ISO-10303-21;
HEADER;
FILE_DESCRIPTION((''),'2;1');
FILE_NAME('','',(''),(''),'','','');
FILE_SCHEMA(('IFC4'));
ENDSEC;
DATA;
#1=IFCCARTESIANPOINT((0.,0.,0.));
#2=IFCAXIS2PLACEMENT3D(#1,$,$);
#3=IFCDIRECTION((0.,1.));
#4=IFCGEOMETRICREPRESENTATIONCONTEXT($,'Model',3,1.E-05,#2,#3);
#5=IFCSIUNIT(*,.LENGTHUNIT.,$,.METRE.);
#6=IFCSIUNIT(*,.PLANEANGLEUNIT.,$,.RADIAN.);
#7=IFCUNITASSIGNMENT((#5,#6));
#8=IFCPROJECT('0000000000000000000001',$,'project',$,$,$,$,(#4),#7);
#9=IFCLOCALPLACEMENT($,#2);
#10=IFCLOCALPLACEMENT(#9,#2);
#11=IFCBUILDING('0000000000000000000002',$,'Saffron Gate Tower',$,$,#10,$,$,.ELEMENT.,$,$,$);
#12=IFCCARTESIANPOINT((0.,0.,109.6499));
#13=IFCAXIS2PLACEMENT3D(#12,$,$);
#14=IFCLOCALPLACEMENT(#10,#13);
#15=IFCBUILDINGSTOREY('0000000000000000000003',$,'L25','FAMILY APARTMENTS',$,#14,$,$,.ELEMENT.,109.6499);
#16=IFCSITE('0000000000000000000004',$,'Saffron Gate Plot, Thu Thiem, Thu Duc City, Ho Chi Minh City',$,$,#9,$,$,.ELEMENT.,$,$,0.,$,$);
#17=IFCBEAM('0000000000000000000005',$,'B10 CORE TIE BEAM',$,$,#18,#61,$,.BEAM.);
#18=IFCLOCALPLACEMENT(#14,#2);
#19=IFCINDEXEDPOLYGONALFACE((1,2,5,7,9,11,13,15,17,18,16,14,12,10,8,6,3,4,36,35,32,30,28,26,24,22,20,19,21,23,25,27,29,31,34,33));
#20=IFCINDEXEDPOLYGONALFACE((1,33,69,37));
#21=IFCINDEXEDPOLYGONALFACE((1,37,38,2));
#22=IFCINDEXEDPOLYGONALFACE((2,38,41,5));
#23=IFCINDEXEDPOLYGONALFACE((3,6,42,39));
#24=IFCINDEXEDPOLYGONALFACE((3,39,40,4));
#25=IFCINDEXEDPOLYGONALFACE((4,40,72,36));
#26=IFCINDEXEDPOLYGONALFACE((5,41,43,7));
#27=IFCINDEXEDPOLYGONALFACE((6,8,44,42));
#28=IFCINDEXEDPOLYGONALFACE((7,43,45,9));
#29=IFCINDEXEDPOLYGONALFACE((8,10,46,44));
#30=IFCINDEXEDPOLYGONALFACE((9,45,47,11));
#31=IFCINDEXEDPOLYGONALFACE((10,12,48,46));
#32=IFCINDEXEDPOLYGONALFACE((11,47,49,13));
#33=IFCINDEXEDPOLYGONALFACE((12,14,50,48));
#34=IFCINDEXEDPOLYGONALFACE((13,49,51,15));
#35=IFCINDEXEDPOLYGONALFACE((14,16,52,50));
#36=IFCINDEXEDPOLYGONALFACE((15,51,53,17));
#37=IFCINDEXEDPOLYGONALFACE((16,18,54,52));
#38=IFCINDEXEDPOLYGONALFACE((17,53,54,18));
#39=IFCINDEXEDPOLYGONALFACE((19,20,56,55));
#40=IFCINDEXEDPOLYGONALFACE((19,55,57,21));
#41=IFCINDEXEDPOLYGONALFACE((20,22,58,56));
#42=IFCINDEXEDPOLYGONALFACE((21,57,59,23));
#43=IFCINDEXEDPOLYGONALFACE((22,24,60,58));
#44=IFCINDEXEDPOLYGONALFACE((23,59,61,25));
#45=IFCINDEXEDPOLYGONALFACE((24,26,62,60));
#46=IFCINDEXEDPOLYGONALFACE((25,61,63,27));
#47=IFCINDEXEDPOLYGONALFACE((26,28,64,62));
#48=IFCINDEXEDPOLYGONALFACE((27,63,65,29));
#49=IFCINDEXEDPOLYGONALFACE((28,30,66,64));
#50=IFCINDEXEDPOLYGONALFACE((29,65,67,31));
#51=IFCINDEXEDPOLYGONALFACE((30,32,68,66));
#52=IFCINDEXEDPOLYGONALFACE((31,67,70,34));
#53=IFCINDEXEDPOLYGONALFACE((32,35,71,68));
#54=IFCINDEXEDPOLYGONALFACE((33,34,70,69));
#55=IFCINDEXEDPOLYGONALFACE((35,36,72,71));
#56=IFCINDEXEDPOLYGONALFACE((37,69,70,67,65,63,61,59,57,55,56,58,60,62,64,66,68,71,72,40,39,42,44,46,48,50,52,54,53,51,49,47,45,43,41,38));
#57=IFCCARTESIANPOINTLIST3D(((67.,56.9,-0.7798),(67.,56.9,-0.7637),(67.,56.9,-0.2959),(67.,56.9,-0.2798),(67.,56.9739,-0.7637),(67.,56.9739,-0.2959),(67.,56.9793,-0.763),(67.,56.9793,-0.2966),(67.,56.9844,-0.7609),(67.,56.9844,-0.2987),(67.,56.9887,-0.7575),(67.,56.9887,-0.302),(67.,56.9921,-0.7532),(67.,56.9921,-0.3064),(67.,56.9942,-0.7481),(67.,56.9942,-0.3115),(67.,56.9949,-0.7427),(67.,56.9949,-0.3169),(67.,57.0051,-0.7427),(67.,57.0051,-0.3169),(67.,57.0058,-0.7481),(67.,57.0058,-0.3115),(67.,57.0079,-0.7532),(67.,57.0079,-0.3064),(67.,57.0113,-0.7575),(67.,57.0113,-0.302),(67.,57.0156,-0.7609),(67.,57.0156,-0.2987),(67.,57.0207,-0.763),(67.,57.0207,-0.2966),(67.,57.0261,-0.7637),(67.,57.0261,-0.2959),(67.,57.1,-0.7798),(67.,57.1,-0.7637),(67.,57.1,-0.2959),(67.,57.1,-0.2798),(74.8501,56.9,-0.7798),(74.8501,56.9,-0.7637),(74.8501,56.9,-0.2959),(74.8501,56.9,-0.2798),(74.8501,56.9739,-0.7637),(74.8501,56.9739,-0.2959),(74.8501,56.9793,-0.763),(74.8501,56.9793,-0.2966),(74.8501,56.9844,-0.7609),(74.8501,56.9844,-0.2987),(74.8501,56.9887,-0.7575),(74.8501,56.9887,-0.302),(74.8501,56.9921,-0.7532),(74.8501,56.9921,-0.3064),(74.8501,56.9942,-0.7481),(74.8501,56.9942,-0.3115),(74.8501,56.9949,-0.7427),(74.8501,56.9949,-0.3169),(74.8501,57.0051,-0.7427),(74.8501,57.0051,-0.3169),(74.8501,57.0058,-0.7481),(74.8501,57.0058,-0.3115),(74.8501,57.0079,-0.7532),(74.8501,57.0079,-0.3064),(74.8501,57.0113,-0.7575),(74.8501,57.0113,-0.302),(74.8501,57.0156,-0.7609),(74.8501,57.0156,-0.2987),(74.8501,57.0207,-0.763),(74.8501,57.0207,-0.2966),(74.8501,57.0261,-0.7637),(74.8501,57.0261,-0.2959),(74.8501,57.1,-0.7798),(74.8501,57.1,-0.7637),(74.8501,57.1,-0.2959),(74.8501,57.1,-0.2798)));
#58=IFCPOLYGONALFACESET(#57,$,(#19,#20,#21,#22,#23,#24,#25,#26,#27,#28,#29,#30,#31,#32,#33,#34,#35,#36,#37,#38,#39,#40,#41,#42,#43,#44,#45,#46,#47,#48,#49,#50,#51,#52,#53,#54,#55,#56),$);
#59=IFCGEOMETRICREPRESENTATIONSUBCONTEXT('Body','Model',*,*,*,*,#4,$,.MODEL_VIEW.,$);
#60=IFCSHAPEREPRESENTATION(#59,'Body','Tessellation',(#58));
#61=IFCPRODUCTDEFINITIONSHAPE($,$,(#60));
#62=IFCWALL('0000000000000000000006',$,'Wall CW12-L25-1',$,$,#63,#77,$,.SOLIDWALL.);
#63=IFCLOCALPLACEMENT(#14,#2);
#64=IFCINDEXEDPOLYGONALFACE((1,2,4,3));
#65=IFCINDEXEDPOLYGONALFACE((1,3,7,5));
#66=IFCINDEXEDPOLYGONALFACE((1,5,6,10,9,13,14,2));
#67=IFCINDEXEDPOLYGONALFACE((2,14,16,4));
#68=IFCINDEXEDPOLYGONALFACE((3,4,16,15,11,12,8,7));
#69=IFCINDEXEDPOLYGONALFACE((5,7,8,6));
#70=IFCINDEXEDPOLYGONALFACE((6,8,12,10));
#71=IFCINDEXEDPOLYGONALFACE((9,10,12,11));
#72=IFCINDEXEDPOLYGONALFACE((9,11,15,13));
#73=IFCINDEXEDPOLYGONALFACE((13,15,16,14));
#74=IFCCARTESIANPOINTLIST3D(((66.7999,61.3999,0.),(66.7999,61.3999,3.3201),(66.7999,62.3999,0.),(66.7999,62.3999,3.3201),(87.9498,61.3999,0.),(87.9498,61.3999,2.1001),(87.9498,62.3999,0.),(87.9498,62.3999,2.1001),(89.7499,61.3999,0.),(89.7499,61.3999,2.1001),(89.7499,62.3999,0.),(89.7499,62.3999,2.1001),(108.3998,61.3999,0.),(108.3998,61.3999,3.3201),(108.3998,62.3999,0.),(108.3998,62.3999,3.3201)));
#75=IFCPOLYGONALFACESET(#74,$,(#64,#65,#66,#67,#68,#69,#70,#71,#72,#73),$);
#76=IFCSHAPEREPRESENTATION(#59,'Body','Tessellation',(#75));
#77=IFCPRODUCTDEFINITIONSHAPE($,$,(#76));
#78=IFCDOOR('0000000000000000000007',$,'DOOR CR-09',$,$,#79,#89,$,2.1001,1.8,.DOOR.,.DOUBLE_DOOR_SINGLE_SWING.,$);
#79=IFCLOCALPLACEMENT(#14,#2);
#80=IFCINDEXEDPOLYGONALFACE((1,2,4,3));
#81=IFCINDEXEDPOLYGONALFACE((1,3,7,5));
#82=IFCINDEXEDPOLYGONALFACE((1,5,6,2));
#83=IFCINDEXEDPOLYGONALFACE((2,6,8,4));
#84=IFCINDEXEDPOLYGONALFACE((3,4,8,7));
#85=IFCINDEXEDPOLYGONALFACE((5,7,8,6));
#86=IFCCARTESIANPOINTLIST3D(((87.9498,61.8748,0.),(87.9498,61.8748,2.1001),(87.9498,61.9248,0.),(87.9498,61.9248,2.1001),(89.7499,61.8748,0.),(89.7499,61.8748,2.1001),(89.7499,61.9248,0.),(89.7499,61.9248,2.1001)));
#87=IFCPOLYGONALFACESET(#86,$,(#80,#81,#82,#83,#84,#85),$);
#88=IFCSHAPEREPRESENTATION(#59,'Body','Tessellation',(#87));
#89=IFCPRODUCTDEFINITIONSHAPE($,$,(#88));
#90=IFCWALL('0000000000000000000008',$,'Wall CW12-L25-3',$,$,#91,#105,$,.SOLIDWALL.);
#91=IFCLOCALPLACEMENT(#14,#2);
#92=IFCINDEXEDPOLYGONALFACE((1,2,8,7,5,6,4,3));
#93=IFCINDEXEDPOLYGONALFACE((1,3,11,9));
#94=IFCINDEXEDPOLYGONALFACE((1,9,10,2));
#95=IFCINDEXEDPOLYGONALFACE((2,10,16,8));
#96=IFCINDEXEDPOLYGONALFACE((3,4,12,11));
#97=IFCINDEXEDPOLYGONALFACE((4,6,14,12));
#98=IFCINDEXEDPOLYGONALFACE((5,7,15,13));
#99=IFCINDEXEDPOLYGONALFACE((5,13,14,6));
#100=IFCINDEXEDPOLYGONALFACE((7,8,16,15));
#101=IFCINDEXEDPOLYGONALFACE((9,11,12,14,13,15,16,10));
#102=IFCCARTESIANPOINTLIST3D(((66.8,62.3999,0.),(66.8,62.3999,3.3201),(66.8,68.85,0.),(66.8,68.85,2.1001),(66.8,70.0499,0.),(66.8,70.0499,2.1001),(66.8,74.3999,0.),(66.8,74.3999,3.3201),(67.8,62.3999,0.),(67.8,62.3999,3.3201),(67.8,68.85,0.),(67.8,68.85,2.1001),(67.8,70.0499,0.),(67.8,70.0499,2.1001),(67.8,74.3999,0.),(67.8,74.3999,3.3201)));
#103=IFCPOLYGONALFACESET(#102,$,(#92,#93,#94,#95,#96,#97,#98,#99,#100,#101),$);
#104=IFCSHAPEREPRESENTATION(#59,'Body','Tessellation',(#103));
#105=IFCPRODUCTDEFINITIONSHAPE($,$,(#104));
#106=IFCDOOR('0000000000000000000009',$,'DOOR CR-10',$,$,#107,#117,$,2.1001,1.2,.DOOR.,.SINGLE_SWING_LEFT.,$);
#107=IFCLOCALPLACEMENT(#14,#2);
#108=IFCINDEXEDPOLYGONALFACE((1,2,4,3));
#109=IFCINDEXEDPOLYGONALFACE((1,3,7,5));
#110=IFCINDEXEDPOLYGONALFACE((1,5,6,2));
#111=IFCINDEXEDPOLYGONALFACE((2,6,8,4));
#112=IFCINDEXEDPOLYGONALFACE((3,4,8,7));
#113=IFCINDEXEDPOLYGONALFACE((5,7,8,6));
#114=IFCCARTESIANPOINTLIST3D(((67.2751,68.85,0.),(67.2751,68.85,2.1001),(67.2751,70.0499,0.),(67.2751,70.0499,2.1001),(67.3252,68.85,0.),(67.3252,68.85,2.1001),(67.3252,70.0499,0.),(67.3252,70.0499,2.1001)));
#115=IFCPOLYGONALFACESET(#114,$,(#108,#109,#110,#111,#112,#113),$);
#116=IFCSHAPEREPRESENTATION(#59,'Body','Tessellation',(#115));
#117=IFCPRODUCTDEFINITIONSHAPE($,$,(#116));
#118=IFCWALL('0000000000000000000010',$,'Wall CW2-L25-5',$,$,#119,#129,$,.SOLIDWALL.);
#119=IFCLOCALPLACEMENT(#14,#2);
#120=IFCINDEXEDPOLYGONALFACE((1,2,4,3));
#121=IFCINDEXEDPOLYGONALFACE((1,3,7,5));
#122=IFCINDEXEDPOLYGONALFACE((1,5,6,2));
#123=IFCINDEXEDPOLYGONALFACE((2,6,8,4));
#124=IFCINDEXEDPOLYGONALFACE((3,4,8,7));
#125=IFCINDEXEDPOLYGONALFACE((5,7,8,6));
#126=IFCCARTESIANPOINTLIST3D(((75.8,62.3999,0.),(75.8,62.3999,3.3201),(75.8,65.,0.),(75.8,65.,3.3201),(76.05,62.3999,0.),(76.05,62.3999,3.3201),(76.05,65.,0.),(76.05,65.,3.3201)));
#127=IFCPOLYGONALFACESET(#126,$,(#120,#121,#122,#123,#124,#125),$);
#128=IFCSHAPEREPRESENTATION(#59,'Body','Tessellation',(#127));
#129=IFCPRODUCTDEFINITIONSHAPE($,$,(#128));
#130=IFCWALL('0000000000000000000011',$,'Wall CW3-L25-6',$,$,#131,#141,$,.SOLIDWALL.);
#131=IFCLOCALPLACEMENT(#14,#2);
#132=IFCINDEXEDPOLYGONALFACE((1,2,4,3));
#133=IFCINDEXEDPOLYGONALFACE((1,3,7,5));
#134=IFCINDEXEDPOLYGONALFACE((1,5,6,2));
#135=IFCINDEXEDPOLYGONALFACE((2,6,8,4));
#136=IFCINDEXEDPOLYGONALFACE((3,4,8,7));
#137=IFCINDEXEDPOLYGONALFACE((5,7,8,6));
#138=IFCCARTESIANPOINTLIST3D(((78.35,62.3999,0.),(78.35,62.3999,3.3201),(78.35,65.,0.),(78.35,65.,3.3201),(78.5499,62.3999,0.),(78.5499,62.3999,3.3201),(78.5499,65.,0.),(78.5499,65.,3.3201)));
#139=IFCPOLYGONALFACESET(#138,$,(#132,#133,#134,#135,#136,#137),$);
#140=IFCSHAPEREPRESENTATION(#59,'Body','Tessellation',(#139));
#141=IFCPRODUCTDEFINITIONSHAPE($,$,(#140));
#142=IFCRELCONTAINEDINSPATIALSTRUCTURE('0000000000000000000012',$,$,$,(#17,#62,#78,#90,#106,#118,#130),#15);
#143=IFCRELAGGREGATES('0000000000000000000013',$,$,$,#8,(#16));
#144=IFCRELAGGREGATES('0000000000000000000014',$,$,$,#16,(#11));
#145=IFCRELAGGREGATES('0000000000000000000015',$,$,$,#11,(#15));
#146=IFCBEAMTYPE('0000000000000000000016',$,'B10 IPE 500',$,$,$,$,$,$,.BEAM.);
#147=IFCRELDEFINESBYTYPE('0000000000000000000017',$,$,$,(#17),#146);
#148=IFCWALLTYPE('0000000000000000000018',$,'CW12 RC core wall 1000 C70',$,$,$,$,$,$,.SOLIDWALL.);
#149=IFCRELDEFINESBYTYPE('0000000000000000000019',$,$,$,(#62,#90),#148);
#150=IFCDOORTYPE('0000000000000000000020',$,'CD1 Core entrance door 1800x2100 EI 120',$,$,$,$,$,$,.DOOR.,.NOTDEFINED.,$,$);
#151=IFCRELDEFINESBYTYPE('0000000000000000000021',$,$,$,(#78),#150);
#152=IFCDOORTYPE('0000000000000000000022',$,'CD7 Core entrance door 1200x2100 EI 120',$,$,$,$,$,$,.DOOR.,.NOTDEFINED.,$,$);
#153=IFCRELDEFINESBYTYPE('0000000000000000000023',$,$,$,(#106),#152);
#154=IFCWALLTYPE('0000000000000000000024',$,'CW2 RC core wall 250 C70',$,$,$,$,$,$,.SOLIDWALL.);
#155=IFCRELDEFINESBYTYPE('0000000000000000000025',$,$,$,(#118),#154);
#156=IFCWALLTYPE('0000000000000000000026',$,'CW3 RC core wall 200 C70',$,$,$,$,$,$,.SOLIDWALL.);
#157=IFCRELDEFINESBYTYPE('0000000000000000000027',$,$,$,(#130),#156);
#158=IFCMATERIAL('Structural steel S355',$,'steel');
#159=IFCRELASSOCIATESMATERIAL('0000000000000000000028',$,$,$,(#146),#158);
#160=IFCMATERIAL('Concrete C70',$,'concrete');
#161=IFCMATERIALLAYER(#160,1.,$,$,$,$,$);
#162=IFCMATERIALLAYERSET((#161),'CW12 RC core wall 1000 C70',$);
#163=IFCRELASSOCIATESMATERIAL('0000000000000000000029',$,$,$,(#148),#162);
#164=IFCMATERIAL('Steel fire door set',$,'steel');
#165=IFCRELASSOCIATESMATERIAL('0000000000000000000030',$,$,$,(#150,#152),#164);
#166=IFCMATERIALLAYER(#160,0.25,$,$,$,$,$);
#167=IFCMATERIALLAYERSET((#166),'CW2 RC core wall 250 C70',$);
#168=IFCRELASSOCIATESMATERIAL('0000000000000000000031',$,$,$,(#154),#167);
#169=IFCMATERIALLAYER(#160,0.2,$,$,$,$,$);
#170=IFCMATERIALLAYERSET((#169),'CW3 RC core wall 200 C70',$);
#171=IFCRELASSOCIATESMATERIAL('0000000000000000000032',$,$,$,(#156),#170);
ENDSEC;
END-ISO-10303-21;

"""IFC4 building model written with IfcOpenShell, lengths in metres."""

from ifc_helpers import new_model, si_unit, direction, frame, frame_2d, origin, origin_2d, place, context, subcontext, project, spatial, rectangle, i_section, extrude, material, layer, layer_set, material_profile, profile_set, type_object, element, fill, save


model = new_model("IFC4")

# Units and contexts
model_context = context("Model", 3, precision=1e-05, world=origin(), true_north=direction((0.0, 1.0)))
body_context = subcontext(model_context, "Body", "Model", "MODEL_VIEW")
ifc_project = project(units=[si_unit("LENGTHUNIT", "METRE"), si_unit("PLANEANGLEUNIT", "RADIAN")], contexts=[model_context])

# Site, building, storey
site_placement = place(None, origin())
site = spatial("IfcSite", under=ifc_project, at=site_placement, Name="Saffron Gate Plot, Thu Thiem, Thu Duc City, Ho Chi Minh City", CompositionType="ELEMENT", RefElevation=0.0)
building_placement = place(site_placement, origin())
building = spatial("IfcBuilding", under=site, at=building_placement, Name="Saffron Gate Tower", CompositionType="ELEMENT")
storey_placement = place(building_placement, frame((0.0, 0.0, 109.6499)))
storey = spatial("IfcBuildingStorey", under=building, at=storey_placement, Name="L25", Description="FAMILY APARTMENTS", CompositionType="ELEMENT", Elevation=109.6499)

# Beam
ifc_material_1 = material(Name="Structural steel S355", Category="steel")
ifc_material_profile = material_profile(ifc_material_1, i_section(OverallWidth=0.2, OverallDepth=0.5, WebThickness=0.0103, FlangeThickness=0.0161, FilletRadius=0.021, at=origin_2d()))
ifc_profile_set = profile_set([ifc_material_profile], Name="Structural steel S355")
beam_type = type_object("IfcBeamType", Name="B10 IPE 500", PredefinedType="BEAM", material=ifc_profile_set)
beam_placement = place(storey_placement, frame((67.0, 57.0, -0.5298), z_axis=(1.0, 0.0, 0.0), x_axis=(0.0, 1.0, 0.0)))
element("IfcBeam", 1, at=beam_placement, inside=storey, type_object=beam_type, Name="B10 CORE TIE BEAM", PredefinedType="BEAM", context=body_context, shape_type="SweptSolid", body=[
    extrude(i_section(OverallWidth=0.2, OverallDepth=0.5, WebThickness=0.0103, FlangeThickness=0.0161, FilletRadius=0.021, at=origin_2d()), origin(), (0.0, 0.0, 1.0), 7.8501),
])

# Walls, openings, doors
ifc_material_2 = material(Name="Concrete C70", Category="concrete")
ifc_layer_1 = layer(ifc_material_2, 1.0)
ifc_layer_set_1 = layer_set([ifc_layer_1], Name="CW12 RC core wall 1000 C70")
wall_type_1 = type_object("IfcWallType", Name="CW12 RC core wall 1000 C70", PredefinedType="SOLIDWALL", material=ifc_layer_set_1)
wall_1_placement = place(storey_placement, frame((66.8, 61.8999, 0.0), z_axis=(0.0, 0.0, 1.0), x_axis=(1.0, 0.0, 0.0)))
wall_1 = element("IfcWall", 2, at=wall_1_placement, inside=storey, type_object=wall_type_1, Name="Wall CW12-L25-1", PredefinedType="SOLIDWALL", context=body_context, shape_type="SweptSolid", body=[
    extrude(rectangle(XDim=41.5999, YDim=1.0, at=frame_2d((20.7998, 0.0))), origin(), (0.0, 0.0, 1.0), 3.3201),
])
opening_1_placement = place(wall_1_placement, frame((21.1499, 0.0, 0.0)))
opening_1 = element("IfcOpeningElement", 3, at=opening_1_placement, cuts=wall_1, PredefinedType="OPENING", context=body_context, shape_type="SweptSolid", body=[
    extrude(rectangle(XDim=1.8, YDim=2.1001, at=frame_2d((0.8999, 1.05))), frame((0.0, 0.51, 0.0), z_axis=(0.0, -1.0, 0.0), x_axis=(1.0, 0.0, 0.0)), (0.0, 0.0, 1.0), 1.02),
])
ifc_material_3 = material(Name="Steel fire door set", Category="steel")
door_type_1 = type_object("IfcDoorType", Name="CD1 Core entrance door 1800x2100 EI 120", OperationType="NOTDEFINED", PredefinedType="DOOR", material=ifc_material_3)
door_1_placement = place(opening_1_placement, origin())
door_1 = element("IfcDoor", 4, at=door_1_placement, inside=storey, type_object=door_type_1, Name="DOOR CR-09", OperationType="DOUBLE_DOOR_SINGLE_SWING", OverallHeight=2.1001, OverallWidth=1.8, PredefinedType="DOOR", context=body_context, shape_type="SweptSolid", body=[
    extrude(rectangle(XDim=1.8, YDim=2.1001, at=frame_2d((0.8999, 1.05))), frame((0.0, 0.0249, 0.0), z_axis=(0.0, -1.0, 0.0), x_axis=(1.0, 0.0, 0.0)), (0.0, 0.0, 1.0), 0.05),
])
fill(opening_1, door_1)
wall_2_placement = place(storey_placement, frame((67.3, 62.3999, 0.0), z_axis=(0.0, 0.0, 1.0), x_axis=(0.0, 1.0, 0.0)))
wall_2 = element("IfcWall", 5, at=wall_2_placement, inside=storey, type_object=wall_type_1, Name="Wall CW12-L25-3", PredefinedType="SOLIDWALL", context=body_context, shape_type="SweptSolid", body=[
    extrude(rectangle(XDim=12.0, YDim=1.0, at=frame_2d((6.0, 0.0))), origin(), (0.0, 0.0, 1.0), 3.3201),
])
opening_2_placement = place(wall_2_placement, frame((6.45, 0.0, 0.0)))
opening_2 = element("IfcOpeningElement", 6, at=opening_2_placement, cuts=wall_2, PredefinedType="OPENING", context=body_context, shape_type="SweptSolid", body=[
    extrude(rectangle(XDim=1.2, YDim=2.1001, at=frame_2d((0.6001, 1.05))), frame((0.0, 0.51, 0.0), z_axis=(0.0, -1.0, 0.0), x_axis=(1.0, 0.0, 0.0)), (0.0, 0.0, 1.0), 1.02),
])
door_type_2 = type_object("IfcDoorType", Name="CD7 Core entrance door 1200x2100 EI 120", OperationType="NOTDEFINED", PredefinedType="DOOR", material=ifc_material_3)
door_2_placement = place(opening_2_placement, origin())
door_2 = element("IfcDoor", 7, at=door_2_placement, inside=storey, type_object=door_type_2, Name="DOOR CR-10", OperationType="SINGLE_SWING_LEFT", OverallHeight=2.1001, OverallWidth=1.2, PredefinedType="DOOR", context=body_context, shape_type="SweptSolid", body=[
    extrude(rectangle(XDim=1.2, YDim=2.1001, at=frame_2d((0.6001, 1.05))), frame((0.0, 0.0249, 0.0), z_axis=(0.0, -1.0, 0.0), x_axis=(1.0, 0.0, 0.0)), (0.0, 0.0, 1.0), 0.05),
])
fill(opening_2, door_2)

# Walls
ifc_layer_2 = layer(ifc_material_2, 0.25)
ifc_layer_set_2 = layer_set([ifc_layer_2], Name="CW2 RC core wall 250 C70")
wall_type_2 = type_object("IfcWallType", Name="CW2 RC core wall 250 C70", PredefinedType="SOLIDWALL", material=ifc_layer_set_2)
wall_3_placement = place(storey_placement, frame((75.925, 62.3999, 0.0), z_axis=(0.0, 0.0, 1.0), x_axis=(0.0, 1.0, 0.0)))
element("IfcWall", 8, at=wall_3_placement, inside=storey, type_object=wall_type_2, Name="Wall CW2-L25-5", PredefinedType="SOLIDWALL", context=body_context, shape_type="SweptSolid", body=[
    extrude(rectangle(XDim=2.6001, YDim=0.25, at=frame_2d((1.3, 0.0))), origin(), (0.0, 0.0, 1.0), 3.3201),
])
ifc_layer_3 = layer(ifc_material_2, 0.2)
ifc_layer_set_3 = layer_set([ifc_layer_3], Name="CW3 RC core wall 200 C70")
wall_type_3 = type_object("IfcWallType", Name="CW3 RC core wall 200 C70", PredefinedType="SOLIDWALL", material=ifc_layer_set_3)
wall_4_placement = place(storey_placement, frame((78.45, 62.3999, 0.0), z_axis=(0.0, 0.0, 1.0), x_axis=(0.0, 1.0, 0.0)))
element("IfcWall", 9, at=wall_4_placement, inside=storey, type_object=wall_type_3, Name="Wall CW3-L25-6", PredefinedType="SOLIDWALL", context=body_context, shape_type="SweptSolid", body=[
    extrude(rectangle(XDim=2.6001, YDim=0.2, at=frame_2d((1.3, 0.0))), origin(), (0.0, 0.0, 1.0), 3.3201),
])

save(model, "model.ifc")
